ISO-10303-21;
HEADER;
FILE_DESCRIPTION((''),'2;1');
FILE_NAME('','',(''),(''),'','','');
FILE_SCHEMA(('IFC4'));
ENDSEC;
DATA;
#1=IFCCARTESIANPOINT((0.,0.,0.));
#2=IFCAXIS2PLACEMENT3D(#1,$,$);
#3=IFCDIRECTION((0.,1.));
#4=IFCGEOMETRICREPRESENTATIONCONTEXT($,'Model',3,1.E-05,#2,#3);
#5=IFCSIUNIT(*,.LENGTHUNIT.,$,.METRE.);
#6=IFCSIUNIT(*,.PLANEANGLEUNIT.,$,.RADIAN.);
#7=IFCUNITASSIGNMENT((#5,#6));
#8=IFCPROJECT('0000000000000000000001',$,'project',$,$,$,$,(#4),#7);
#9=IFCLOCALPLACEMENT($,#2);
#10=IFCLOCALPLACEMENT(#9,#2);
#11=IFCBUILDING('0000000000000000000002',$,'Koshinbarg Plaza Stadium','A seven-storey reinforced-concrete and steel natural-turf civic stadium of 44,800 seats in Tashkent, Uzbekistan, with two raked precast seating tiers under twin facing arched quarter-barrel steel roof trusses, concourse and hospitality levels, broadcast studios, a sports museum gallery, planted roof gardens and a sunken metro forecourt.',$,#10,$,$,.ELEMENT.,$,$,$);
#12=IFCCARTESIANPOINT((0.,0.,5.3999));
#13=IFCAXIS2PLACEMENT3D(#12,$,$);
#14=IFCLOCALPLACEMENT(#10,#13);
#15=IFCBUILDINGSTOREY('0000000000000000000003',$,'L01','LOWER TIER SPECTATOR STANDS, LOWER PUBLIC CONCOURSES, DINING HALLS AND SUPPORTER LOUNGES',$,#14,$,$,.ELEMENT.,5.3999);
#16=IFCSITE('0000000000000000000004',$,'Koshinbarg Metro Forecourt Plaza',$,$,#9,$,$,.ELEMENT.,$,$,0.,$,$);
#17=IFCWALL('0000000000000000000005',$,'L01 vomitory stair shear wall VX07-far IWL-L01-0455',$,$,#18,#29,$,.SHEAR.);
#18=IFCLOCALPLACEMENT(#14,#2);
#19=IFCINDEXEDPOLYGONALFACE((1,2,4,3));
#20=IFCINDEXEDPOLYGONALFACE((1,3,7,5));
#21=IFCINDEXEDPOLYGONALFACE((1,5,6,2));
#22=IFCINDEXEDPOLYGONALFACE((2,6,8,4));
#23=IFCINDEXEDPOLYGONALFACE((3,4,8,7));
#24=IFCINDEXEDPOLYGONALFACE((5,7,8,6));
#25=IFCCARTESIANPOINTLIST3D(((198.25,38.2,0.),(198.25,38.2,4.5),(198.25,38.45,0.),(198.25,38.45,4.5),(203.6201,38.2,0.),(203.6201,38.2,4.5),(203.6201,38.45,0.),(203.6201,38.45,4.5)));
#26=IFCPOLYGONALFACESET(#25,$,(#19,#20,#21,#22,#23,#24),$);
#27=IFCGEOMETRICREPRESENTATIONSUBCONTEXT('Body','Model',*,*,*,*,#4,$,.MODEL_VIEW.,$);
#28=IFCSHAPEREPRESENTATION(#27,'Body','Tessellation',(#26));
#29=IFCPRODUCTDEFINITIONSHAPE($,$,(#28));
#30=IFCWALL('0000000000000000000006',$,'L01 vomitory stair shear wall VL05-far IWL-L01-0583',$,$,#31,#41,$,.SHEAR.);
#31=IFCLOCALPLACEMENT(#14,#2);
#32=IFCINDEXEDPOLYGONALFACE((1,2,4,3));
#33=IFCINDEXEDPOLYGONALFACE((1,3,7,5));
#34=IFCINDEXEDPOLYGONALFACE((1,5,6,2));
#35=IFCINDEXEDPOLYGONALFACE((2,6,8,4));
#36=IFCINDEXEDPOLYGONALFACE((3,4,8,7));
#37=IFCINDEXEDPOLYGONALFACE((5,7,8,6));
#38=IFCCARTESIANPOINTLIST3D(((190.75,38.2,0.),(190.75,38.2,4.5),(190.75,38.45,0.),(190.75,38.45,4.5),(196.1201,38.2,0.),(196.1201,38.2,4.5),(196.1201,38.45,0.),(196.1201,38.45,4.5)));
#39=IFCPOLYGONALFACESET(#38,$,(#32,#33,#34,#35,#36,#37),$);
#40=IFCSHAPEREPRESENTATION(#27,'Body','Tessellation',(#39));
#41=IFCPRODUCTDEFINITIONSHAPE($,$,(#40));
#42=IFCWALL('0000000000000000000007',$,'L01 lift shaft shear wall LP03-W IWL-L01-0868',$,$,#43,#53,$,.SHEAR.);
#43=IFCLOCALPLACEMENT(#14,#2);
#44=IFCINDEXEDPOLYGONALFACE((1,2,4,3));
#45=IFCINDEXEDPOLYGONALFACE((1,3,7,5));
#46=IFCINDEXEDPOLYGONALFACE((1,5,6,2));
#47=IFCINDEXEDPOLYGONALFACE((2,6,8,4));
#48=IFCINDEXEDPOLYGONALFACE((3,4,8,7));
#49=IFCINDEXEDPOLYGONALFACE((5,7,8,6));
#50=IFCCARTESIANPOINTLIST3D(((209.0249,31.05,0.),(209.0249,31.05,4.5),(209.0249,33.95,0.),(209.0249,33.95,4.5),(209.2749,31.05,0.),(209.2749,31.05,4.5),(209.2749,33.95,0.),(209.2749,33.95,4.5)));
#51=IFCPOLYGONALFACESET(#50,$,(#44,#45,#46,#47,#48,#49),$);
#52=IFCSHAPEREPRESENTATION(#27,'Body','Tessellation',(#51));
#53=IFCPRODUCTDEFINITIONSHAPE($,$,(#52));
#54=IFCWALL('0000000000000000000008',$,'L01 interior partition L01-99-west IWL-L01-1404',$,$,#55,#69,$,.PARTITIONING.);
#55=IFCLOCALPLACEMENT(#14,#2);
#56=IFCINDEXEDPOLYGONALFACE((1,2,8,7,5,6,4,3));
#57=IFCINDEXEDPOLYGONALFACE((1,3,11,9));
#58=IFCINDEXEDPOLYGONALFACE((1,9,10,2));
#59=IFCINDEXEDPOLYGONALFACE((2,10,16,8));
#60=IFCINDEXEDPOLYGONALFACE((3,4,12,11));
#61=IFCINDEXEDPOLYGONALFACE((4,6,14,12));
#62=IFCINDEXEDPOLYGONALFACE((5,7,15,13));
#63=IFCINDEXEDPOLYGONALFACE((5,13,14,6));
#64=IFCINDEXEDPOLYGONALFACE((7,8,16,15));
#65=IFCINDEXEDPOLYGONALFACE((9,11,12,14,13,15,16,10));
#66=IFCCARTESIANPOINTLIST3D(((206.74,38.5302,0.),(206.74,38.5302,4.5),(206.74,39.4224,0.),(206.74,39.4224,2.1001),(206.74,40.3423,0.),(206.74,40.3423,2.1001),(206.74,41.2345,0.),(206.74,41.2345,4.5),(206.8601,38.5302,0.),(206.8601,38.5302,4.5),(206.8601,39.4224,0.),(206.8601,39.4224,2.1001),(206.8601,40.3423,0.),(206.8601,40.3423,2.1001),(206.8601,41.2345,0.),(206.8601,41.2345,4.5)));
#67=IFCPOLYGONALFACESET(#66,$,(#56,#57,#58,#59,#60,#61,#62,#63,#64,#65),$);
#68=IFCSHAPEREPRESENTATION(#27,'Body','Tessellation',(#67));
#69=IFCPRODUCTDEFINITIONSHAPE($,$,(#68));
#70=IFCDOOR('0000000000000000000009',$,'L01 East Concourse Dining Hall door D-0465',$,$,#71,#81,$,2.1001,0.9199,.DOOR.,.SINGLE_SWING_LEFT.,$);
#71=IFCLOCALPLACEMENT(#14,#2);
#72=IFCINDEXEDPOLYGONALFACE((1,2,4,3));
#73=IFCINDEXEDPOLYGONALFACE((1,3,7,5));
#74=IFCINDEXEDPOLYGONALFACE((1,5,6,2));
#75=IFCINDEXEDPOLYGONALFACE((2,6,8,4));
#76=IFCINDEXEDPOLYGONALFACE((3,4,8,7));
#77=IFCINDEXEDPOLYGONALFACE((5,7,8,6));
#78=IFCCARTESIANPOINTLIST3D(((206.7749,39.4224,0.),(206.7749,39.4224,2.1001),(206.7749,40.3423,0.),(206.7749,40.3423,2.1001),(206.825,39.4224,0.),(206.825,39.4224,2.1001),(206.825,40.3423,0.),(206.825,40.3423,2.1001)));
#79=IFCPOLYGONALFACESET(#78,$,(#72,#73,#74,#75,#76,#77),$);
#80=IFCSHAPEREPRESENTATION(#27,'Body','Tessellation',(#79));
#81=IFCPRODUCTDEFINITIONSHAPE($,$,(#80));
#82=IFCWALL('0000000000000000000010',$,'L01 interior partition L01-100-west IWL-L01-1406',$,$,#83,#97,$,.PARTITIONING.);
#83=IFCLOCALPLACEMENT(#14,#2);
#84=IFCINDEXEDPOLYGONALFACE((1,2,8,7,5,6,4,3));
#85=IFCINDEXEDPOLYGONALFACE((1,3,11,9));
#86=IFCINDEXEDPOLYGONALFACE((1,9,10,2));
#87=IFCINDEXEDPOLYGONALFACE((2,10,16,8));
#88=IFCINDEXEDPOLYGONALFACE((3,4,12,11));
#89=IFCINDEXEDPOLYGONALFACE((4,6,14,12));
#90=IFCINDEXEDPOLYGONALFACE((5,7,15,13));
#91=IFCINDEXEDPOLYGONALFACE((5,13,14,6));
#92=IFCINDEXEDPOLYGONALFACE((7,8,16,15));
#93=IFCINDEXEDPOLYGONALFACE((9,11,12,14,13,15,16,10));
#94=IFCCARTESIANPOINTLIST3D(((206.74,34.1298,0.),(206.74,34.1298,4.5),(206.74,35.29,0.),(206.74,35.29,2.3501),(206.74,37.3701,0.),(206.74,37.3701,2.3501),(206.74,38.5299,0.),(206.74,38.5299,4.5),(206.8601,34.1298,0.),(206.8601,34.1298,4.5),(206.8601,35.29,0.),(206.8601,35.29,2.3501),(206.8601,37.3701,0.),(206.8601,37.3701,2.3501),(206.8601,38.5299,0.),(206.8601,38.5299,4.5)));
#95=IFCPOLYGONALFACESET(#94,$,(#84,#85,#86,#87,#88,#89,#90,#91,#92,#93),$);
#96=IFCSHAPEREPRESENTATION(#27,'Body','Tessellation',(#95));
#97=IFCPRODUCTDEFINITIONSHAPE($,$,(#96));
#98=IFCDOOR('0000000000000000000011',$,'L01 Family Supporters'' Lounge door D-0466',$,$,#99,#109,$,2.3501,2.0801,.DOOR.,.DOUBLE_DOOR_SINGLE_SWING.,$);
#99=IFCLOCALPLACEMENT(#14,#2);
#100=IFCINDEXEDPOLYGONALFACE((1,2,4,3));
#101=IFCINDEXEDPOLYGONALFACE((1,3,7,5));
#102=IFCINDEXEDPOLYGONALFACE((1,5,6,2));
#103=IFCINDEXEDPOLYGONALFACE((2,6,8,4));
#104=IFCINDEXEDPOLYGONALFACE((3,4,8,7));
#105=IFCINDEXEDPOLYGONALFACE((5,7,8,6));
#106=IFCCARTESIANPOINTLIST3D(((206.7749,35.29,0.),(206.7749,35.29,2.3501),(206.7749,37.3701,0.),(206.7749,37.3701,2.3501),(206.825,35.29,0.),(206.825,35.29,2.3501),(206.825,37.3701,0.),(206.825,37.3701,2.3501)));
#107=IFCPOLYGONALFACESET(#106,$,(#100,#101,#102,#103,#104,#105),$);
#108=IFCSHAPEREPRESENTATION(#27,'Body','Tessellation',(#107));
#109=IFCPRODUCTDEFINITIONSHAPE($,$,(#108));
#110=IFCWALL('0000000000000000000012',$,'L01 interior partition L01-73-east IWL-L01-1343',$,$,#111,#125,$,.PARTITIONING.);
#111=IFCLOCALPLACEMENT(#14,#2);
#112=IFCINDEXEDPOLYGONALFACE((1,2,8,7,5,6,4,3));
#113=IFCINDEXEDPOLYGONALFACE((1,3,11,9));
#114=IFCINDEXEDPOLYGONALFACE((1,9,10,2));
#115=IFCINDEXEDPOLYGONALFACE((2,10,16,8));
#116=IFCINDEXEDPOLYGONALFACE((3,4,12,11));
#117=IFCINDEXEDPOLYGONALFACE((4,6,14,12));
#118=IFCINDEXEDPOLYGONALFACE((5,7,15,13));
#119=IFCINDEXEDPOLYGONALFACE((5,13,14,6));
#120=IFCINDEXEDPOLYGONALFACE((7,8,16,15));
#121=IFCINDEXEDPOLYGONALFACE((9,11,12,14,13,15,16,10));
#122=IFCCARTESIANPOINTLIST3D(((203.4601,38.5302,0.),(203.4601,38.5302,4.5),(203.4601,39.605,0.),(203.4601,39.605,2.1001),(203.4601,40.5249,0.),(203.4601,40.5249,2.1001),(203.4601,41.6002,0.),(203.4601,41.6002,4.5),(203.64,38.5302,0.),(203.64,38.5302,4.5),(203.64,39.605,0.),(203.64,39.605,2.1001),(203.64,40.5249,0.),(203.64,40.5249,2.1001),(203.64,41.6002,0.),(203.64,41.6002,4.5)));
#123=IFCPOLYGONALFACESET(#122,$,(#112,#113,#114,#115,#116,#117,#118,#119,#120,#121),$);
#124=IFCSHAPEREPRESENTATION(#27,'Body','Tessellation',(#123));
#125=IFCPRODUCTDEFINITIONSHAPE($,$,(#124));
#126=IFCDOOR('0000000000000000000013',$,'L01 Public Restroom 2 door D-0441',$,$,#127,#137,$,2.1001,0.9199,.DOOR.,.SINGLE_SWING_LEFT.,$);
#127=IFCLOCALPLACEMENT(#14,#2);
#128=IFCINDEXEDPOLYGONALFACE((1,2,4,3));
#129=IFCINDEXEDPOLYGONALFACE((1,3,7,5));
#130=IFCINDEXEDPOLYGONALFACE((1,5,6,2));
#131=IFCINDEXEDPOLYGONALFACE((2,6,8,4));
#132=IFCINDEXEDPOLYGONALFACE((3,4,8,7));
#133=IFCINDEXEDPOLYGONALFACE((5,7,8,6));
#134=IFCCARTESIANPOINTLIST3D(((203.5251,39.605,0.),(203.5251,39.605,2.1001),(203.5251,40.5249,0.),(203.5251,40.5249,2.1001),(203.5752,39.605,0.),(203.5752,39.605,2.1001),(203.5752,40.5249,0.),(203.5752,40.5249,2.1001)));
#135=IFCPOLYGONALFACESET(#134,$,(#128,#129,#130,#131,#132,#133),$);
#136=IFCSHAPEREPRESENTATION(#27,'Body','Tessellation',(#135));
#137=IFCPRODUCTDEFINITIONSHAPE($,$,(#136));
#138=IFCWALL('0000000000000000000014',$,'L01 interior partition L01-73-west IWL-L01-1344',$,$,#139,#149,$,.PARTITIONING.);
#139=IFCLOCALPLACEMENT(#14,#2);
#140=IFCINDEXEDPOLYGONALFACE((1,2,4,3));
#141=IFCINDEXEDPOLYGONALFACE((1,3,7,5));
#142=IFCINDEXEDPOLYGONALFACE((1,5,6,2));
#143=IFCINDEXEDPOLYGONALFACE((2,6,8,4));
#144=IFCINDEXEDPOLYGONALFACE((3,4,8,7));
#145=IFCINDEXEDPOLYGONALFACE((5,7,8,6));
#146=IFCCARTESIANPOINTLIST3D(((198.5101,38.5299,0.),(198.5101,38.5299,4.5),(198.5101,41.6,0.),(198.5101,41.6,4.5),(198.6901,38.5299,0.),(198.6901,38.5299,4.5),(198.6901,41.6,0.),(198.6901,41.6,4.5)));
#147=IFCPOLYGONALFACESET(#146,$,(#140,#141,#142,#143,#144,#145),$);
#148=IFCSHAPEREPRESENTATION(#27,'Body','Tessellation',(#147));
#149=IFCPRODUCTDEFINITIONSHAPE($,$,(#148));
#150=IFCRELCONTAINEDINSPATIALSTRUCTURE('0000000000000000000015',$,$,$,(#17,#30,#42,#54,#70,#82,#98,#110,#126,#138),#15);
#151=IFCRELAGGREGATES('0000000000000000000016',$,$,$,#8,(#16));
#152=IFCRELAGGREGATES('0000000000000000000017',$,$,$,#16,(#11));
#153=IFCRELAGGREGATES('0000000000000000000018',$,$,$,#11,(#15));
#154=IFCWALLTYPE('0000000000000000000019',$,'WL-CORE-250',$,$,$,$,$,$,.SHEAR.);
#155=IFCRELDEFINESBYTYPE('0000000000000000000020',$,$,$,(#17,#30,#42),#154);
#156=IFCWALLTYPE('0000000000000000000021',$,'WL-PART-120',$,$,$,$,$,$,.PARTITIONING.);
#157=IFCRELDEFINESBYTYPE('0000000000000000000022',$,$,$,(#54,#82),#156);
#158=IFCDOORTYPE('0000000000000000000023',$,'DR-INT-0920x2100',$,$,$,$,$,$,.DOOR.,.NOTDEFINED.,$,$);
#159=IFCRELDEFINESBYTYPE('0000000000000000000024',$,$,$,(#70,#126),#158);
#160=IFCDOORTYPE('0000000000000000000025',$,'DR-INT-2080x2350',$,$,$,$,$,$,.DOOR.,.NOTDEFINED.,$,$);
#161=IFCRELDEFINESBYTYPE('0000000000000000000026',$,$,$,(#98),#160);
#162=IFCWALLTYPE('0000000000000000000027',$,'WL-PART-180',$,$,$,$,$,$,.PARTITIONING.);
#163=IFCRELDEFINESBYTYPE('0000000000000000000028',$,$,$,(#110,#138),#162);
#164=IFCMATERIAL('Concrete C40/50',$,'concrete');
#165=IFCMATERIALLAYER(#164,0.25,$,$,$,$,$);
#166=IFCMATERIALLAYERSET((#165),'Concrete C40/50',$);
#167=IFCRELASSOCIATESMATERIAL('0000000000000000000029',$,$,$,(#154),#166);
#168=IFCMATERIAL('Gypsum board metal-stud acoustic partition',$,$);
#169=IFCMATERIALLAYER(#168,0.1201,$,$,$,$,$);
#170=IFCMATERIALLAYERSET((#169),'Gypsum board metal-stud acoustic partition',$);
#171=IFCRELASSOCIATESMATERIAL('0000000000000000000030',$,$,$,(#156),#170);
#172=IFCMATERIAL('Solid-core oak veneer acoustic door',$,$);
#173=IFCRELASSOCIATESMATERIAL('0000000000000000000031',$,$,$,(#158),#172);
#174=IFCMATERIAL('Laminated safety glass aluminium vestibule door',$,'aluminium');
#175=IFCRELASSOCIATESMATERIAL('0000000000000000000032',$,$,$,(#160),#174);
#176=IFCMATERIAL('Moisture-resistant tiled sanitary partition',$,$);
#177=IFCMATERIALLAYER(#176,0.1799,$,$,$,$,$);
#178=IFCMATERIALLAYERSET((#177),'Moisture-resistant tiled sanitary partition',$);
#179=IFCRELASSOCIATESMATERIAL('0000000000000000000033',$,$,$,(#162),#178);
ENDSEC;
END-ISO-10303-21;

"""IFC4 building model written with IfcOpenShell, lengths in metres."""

from ifc_helpers import new_model, si_unit, direction, frame, frame_2d, origin, place, context, subcontext, project, spatial, rectangle, extrude, material, layer, layer_set, type_object, element, fill, save


model = new_model("IFC4")

# Units and contexts
model_context = context("Model", 3, precision=1e-05, world=origin(), true_north=direction((0.0, 1.0)))
body_context = subcontext(model_context, "Body", "Model", "MODEL_VIEW")
ifc_project = project(units=[si_unit("LENGTHUNIT", "METRE"), si_unit("PLANEANGLEUNIT", "RADIAN")], contexts=[model_context])

# Site, building, storey
site_placement = place(None, origin())
site = spatial("IfcSite", under=ifc_project, at=site_placement, Name="Koshinbarg Metro Forecourt Plaza", CompositionType="ELEMENT", RefElevation=0.0)
building_placement = place(site_placement, origin())
building = spatial("IfcBuilding", under=site, at=building_placement, Name="Koshinbarg Plaza Stadium", Description="A seven-storey reinforced-concrete and steel natural-turf civic stadium of 44,800 seats in Tashkent, Uzbekistan, with two raked precast seating tiers under twin facing arched quarter-barrel steel roof trusses, concourse and hospitality levels, broadcast studios, a sports museum gallery, planted roof gardens and a sunken metro forecourt.", CompositionType="ELEMENT")
storey_placement = place(building_placement, frame((0.0, 0.0, 5.3999)))
storey = spatial("IfcBuildingStorey", under=building, at=storey_placement, Name="L01", Description="LOWER TIER SPECTATOR STANDS, LOWER PUBLIC CONCOURSES, DINING HALLS AND SUPPORTER LOUNGES", CompositionType="ELEMENT", Elevation=5.3999)

# Shared definitions
ifc_material_1 = material(Name="Concrete C40/50", Category="concrete")

# Walls
ifc_layer_1 = layer(ifc_material_1, 0.25)
ifc_layer_set_1 = layer_set([ifc_layer_1], Name="Concrete C40/50")
wall_type_1 = type_object("IfcWallType", Name="WL-CORE-250", PredefinedType="SHEAR", material=ifc_layer_set_1)
for number, where, z_axis, x_axis, name in (
    (1, (203.6201, 38.325, 0.0), (0.0, 0.0, 1.0), (-1.0, 0.0, 0.0), "L01 vomitory stair shear wall VX07-far IWL-L01-0455"),
    (2, (196.1201, 38.325, 0.0), (0.0, 0.0, 1.0), (-1.0, 0.0, 0.0), "L01 vomitory stair shear wall VL05-far IWL-L01-0583"),
):
    element("IfcWall", number, at=place(storey_placement, frame(where, z_axis=z_axis, x_axis=x_axis)), inside=storey, type_object=wall_type_1, Name=name, PredefinedType="SHEAR", context=body_context, shape_type="SweptSolid", body=[
        extrude(rectangle(XDim=5.3701, YDim=0.25, at=frame_2d((2.6851, 0.0))), origin(), (0.0, 0.0, 1.0), 4.5),
    ])

# Wall
wall_1_placement = place(storey_placement, frame((209.1499, 33.95, 0.0), z_axis=(0.0, 0.0, 1.0), x_axis=(0.0, -1.0, 0.0)))
element("IfcWall", 3, at=wall_1_placement, inside=storey, type_object=wall_type_1, Name="L01 lift shaft shear wall LP03-W IWL-L01-0868", PredefinedType="SHEAR", context=body_context, shape_type="SweptSolid", body=[
    extrude(rectangle(XDim=2.8999, YDim=0.25, at=frame_2d((1.45, 0.0))), origin(), (0.0, 0.0, 1.0), 4.5),
])

# Walls, openings, doors
ifc_material_2 = material(Name="Gypsum board metal-stud acoustic partition")
ifc_layer_2 = layer(ifc_material_2, 0.1201)
ifc_layer_set_2 = layer_set([ifc_layer_2], Name="Gypsum board metal-stud acoustic partition")
wall_type_2 = type_object("IfcWallType", Name="WL-PART-120", PredefinedType="PARTITIONING", material=ifc_layer_set_2)
wall_2_placement = place(storey_placement, frame((206.8, 41.2344, 0.0), z_axis=(0.0, 0.0, 1.0), x_axis=(0.0, -1.0, 0.0)))
wall_2 = element("IfcWall", 4, at=wall_2_placement, inside=storey, type_object=wall_type_2, Name="L01 interior partition L01-99-west IWL-L01-1404", PredefinedType="PARTITIONING", context=body_context, shape_type="SweptSolid", body=[
    extrude(rectangle(XDim=2.7043, YDim=0.1201, at=frame_2d((1.3521, 0.0))), origin(), (0.0, 0.0, 1.0), 4.5),
])
opening_1_placement = place(wall_2_placement, frame((0.8921, 0.0, 0.0)))
opening_1 = element("IfcOpeningElement", 5, at=opening_1_placement, cuts=wall_2, PredefinedType="OPENING", context=body_context, shape_type="SweptSolid", body=[
    extrude(rectangle(XDim=0.9199, YDim=2.1001, at=frame_2d((0.46, 1.05))), frame((0.0, 0.0701, 0.0), z_axis=(0.0, -1.0, 0.0), x_axis=(1.0, 0.0, 0.0)), (0.0, 0.0, 1.0), 0.1401),
])
ifc_material_3 = material(Name="Solid-core oak veneer acoustic door")
door_type_1 = type_object("IfcDoorType", Name="DR-INT-0920x2100", OperationType="NOTDEFINED", PredefinedType="DOOR", material=ifc_material_3)
door_1_placement = place(opening_1_placement, origin())
door_1 = element("IfcDoor", 6, at=door_1_placement, inside=storey, type_object=door_type_1, Name="L01 East Concourse Dining Hall door D-0465", OperationType="SINGLE_SWING_LEFT", OverallHeight=2.1001, OverallWidth=0.9199, PredefinedType="DOOR", context=body_context, shape_type="SweptSolid", body=[
    extrude(rectangle(XDim=0.9199, YDim=2.1001, at=frame_2d((0.46, 1.05))), frame((0.0, 0.0249, 0.0), z_axis=(0.0, -1.0, 0.0), x_axis=(1.0, 0.0, 0.0)), (0.0, 0.0, 1.0), 0.05),
])
fill(opening_1, door_1)
wall_3_placement = place(storey_placement, frame((206.8, 38.53, 0.0), z_axis=(0.0, 0.0, 1.0), x_axis=(0.0, -1.0, 0.0)))
wall_3 = element("IfcWall", 7, at=wall_3_placement, inside=storey, type_object=wall_type_2, Name="L01 interior partition L01-100-west IWL-L01-1406", PredefinedType="PARTITIONING", context=body_context, shape_type="SweptSolid", body=[
    extrude(rectangle(XDim=4.4001, YDim=0.1201, at=frame_2d((2.2002, 0.0))), origin(), (0.0, 0.0, 1.0), 4.5),
])
opening_2_placement = place(wall_3_placement, frame((1.1599, 0.0, 0.0)))
opening_2 = element("IfcOpeningElement", 8, at=opening_2_placement, cuts=wall_3, PredefinedType="OPENING", context=body_context, shape_type="SweptSolid", body=[
    extrude(rectangle(XDim=2.0801, YDim=2.3501, at=frame_2d((1.04, 1.175))), frame((0.0, 0.0701, 0.0), z_axis=(0.0, -1.0, 0.0), x_axis=(1.0, 0.0, 0.0)), (0.0, 0.0, 1.0), 0.1401),
])
ifc_material_4 = material(Name="Laminated safety glass aluminium vestibule door", Category="aluminium")
door_type_2 = type_object("IfcDoorType", Name="DR-INT-2080x2350", OperationType="NOTDEFINED", PredefinedType="DOOR", material=ifc_material_4)
door_2_placement = place(opening_2_placement, origin())
door_2 = element("IfcDoor", 9, at=door_2_placement, inside=storey, type_object=door_type_2, Name="L01 Family Supporters' Lounge door D-0466", OperationType="DOUBLE_DOOR_SINGLE_SWING", OverallHeight=2.3501, OverallWidth=2.0801, PredefinedType="DOOR", context=body_context, shape_type="SweptSolid", body=[
    extrude(rectangle(XDim=2.0801, YDim=2.3501, at=frame_2d((1.04, 1.175))), frame((0.0, 0.0249, 0.0), z_axis=(0.0, -1.0, 0.0), x_axis=(1.0, 0.0, 0.0)), (0.0, 0.0, 1.0), 0.05),
])
fill(opening_2, door_2)
ifc_material_5 = material(Name="Moisture-resistant tiled sanitary partition")
ifc_layer_3 = layer(ifc_material_5, 0.1799)
ifc_layer_set_3 = layer_set([ifc_layer_3], Name="Moisture-resistant tiled sanitary partition")
wall_type_3 = type_object("IfcWallType", Name="WL-PART-180", PredefinedType="PARTITIONING", material=ifc_layer_set_3)
wall_4_placement = place(storey_placement, frame((203.55, 38.53, 0.0), z_axis=(0.0, 0.0, 1.0), x_axis=(0.0, 1.0, 0.0)))
wall_4 = element("IfcWall", 10, at=wall_4_placement, inside=storey, type_object=wall_type_3, Name="L01 interior partition L01-73-east IWL-L01-1343", PredefinedType="PARTITIONING", context=body_context, shape_type="SweptSolid", body=[
    extrude(rectangle(XDim=3.0701, YDim=0.1799, at=frame_2d((1.5352, 0.0))), origin(), (0.0, 0.0, 1.0), 4.5),
])
opening_3_placement = place(wall_4_placement, frame((1.075, 0.0, 0.0)))
opening_3 = element("IfcOpeningElement", 11, at=opening_3_placement, cuts=wall_4, PredefinedType="OPENING", context=body_context, shape_type="SweptSolid", body=[
    extrude(rectangle(XDim=0.9199, YDim=2.1001, at=frame_2d((0.46, 1.05))), frame((0.0, 0.0999, 0.0), z_axis=(0.0, -1.0, 0.0), x_axis=(1.0, 0.0, 0.0)), (0.0, 0.0, 1.0), 0.2),
])
door_3_placement = place(opening_3_placement, origin())
door_3 = element("IfcDoor", 12, at=door_3_placement, inside=storey, type_object=door_type_1, Name="L01 Public Restroom 2 door D-0441", OperationType="SINGLE_SWING_LEFT", OverallHeight=2.1001, OverallWidth=0.9199, PredefinedType="DOOR", context=body_context, shape_type="SweptSolid", body=[
    extrude(rectangle(XDim=0.9199, YDim=2.1001, at=frame_2d((0.46, 1.05))), frame((0.0, 0.0249, 0.0), z_axis=(0.0, -1.0, 0.0), x_axis=(1.0, 0.0, 0.0)), (0.0, 0.0, 1.0), 0.05),
])
fill(opening_3, door_3)

# Wall
wall_5_placement = place(storey_placement, frame((198.6001, 41.6001, 0.0), z_axis=(0.0, 0.0, 1.0), x_axis=(0.0, -1.0, 0.0)))
element("IfcWall", 13, at=wall_5_placement, inside=storey, type_object=wall_type_3, Name="L01 interior partition L01-73-west IWL-L01-1344", PredefinedType="PARTITIONING", context=body_context, shape_type="SweptSolid", body=[
    extrude(rectangle(XDim=3.0701, YDim=0.1799, at=frame_2d((1.5352, 0.0))), origin(), (0.0, 0.0, 1.0), 4.5),
])

save(model, "model.ifc")
